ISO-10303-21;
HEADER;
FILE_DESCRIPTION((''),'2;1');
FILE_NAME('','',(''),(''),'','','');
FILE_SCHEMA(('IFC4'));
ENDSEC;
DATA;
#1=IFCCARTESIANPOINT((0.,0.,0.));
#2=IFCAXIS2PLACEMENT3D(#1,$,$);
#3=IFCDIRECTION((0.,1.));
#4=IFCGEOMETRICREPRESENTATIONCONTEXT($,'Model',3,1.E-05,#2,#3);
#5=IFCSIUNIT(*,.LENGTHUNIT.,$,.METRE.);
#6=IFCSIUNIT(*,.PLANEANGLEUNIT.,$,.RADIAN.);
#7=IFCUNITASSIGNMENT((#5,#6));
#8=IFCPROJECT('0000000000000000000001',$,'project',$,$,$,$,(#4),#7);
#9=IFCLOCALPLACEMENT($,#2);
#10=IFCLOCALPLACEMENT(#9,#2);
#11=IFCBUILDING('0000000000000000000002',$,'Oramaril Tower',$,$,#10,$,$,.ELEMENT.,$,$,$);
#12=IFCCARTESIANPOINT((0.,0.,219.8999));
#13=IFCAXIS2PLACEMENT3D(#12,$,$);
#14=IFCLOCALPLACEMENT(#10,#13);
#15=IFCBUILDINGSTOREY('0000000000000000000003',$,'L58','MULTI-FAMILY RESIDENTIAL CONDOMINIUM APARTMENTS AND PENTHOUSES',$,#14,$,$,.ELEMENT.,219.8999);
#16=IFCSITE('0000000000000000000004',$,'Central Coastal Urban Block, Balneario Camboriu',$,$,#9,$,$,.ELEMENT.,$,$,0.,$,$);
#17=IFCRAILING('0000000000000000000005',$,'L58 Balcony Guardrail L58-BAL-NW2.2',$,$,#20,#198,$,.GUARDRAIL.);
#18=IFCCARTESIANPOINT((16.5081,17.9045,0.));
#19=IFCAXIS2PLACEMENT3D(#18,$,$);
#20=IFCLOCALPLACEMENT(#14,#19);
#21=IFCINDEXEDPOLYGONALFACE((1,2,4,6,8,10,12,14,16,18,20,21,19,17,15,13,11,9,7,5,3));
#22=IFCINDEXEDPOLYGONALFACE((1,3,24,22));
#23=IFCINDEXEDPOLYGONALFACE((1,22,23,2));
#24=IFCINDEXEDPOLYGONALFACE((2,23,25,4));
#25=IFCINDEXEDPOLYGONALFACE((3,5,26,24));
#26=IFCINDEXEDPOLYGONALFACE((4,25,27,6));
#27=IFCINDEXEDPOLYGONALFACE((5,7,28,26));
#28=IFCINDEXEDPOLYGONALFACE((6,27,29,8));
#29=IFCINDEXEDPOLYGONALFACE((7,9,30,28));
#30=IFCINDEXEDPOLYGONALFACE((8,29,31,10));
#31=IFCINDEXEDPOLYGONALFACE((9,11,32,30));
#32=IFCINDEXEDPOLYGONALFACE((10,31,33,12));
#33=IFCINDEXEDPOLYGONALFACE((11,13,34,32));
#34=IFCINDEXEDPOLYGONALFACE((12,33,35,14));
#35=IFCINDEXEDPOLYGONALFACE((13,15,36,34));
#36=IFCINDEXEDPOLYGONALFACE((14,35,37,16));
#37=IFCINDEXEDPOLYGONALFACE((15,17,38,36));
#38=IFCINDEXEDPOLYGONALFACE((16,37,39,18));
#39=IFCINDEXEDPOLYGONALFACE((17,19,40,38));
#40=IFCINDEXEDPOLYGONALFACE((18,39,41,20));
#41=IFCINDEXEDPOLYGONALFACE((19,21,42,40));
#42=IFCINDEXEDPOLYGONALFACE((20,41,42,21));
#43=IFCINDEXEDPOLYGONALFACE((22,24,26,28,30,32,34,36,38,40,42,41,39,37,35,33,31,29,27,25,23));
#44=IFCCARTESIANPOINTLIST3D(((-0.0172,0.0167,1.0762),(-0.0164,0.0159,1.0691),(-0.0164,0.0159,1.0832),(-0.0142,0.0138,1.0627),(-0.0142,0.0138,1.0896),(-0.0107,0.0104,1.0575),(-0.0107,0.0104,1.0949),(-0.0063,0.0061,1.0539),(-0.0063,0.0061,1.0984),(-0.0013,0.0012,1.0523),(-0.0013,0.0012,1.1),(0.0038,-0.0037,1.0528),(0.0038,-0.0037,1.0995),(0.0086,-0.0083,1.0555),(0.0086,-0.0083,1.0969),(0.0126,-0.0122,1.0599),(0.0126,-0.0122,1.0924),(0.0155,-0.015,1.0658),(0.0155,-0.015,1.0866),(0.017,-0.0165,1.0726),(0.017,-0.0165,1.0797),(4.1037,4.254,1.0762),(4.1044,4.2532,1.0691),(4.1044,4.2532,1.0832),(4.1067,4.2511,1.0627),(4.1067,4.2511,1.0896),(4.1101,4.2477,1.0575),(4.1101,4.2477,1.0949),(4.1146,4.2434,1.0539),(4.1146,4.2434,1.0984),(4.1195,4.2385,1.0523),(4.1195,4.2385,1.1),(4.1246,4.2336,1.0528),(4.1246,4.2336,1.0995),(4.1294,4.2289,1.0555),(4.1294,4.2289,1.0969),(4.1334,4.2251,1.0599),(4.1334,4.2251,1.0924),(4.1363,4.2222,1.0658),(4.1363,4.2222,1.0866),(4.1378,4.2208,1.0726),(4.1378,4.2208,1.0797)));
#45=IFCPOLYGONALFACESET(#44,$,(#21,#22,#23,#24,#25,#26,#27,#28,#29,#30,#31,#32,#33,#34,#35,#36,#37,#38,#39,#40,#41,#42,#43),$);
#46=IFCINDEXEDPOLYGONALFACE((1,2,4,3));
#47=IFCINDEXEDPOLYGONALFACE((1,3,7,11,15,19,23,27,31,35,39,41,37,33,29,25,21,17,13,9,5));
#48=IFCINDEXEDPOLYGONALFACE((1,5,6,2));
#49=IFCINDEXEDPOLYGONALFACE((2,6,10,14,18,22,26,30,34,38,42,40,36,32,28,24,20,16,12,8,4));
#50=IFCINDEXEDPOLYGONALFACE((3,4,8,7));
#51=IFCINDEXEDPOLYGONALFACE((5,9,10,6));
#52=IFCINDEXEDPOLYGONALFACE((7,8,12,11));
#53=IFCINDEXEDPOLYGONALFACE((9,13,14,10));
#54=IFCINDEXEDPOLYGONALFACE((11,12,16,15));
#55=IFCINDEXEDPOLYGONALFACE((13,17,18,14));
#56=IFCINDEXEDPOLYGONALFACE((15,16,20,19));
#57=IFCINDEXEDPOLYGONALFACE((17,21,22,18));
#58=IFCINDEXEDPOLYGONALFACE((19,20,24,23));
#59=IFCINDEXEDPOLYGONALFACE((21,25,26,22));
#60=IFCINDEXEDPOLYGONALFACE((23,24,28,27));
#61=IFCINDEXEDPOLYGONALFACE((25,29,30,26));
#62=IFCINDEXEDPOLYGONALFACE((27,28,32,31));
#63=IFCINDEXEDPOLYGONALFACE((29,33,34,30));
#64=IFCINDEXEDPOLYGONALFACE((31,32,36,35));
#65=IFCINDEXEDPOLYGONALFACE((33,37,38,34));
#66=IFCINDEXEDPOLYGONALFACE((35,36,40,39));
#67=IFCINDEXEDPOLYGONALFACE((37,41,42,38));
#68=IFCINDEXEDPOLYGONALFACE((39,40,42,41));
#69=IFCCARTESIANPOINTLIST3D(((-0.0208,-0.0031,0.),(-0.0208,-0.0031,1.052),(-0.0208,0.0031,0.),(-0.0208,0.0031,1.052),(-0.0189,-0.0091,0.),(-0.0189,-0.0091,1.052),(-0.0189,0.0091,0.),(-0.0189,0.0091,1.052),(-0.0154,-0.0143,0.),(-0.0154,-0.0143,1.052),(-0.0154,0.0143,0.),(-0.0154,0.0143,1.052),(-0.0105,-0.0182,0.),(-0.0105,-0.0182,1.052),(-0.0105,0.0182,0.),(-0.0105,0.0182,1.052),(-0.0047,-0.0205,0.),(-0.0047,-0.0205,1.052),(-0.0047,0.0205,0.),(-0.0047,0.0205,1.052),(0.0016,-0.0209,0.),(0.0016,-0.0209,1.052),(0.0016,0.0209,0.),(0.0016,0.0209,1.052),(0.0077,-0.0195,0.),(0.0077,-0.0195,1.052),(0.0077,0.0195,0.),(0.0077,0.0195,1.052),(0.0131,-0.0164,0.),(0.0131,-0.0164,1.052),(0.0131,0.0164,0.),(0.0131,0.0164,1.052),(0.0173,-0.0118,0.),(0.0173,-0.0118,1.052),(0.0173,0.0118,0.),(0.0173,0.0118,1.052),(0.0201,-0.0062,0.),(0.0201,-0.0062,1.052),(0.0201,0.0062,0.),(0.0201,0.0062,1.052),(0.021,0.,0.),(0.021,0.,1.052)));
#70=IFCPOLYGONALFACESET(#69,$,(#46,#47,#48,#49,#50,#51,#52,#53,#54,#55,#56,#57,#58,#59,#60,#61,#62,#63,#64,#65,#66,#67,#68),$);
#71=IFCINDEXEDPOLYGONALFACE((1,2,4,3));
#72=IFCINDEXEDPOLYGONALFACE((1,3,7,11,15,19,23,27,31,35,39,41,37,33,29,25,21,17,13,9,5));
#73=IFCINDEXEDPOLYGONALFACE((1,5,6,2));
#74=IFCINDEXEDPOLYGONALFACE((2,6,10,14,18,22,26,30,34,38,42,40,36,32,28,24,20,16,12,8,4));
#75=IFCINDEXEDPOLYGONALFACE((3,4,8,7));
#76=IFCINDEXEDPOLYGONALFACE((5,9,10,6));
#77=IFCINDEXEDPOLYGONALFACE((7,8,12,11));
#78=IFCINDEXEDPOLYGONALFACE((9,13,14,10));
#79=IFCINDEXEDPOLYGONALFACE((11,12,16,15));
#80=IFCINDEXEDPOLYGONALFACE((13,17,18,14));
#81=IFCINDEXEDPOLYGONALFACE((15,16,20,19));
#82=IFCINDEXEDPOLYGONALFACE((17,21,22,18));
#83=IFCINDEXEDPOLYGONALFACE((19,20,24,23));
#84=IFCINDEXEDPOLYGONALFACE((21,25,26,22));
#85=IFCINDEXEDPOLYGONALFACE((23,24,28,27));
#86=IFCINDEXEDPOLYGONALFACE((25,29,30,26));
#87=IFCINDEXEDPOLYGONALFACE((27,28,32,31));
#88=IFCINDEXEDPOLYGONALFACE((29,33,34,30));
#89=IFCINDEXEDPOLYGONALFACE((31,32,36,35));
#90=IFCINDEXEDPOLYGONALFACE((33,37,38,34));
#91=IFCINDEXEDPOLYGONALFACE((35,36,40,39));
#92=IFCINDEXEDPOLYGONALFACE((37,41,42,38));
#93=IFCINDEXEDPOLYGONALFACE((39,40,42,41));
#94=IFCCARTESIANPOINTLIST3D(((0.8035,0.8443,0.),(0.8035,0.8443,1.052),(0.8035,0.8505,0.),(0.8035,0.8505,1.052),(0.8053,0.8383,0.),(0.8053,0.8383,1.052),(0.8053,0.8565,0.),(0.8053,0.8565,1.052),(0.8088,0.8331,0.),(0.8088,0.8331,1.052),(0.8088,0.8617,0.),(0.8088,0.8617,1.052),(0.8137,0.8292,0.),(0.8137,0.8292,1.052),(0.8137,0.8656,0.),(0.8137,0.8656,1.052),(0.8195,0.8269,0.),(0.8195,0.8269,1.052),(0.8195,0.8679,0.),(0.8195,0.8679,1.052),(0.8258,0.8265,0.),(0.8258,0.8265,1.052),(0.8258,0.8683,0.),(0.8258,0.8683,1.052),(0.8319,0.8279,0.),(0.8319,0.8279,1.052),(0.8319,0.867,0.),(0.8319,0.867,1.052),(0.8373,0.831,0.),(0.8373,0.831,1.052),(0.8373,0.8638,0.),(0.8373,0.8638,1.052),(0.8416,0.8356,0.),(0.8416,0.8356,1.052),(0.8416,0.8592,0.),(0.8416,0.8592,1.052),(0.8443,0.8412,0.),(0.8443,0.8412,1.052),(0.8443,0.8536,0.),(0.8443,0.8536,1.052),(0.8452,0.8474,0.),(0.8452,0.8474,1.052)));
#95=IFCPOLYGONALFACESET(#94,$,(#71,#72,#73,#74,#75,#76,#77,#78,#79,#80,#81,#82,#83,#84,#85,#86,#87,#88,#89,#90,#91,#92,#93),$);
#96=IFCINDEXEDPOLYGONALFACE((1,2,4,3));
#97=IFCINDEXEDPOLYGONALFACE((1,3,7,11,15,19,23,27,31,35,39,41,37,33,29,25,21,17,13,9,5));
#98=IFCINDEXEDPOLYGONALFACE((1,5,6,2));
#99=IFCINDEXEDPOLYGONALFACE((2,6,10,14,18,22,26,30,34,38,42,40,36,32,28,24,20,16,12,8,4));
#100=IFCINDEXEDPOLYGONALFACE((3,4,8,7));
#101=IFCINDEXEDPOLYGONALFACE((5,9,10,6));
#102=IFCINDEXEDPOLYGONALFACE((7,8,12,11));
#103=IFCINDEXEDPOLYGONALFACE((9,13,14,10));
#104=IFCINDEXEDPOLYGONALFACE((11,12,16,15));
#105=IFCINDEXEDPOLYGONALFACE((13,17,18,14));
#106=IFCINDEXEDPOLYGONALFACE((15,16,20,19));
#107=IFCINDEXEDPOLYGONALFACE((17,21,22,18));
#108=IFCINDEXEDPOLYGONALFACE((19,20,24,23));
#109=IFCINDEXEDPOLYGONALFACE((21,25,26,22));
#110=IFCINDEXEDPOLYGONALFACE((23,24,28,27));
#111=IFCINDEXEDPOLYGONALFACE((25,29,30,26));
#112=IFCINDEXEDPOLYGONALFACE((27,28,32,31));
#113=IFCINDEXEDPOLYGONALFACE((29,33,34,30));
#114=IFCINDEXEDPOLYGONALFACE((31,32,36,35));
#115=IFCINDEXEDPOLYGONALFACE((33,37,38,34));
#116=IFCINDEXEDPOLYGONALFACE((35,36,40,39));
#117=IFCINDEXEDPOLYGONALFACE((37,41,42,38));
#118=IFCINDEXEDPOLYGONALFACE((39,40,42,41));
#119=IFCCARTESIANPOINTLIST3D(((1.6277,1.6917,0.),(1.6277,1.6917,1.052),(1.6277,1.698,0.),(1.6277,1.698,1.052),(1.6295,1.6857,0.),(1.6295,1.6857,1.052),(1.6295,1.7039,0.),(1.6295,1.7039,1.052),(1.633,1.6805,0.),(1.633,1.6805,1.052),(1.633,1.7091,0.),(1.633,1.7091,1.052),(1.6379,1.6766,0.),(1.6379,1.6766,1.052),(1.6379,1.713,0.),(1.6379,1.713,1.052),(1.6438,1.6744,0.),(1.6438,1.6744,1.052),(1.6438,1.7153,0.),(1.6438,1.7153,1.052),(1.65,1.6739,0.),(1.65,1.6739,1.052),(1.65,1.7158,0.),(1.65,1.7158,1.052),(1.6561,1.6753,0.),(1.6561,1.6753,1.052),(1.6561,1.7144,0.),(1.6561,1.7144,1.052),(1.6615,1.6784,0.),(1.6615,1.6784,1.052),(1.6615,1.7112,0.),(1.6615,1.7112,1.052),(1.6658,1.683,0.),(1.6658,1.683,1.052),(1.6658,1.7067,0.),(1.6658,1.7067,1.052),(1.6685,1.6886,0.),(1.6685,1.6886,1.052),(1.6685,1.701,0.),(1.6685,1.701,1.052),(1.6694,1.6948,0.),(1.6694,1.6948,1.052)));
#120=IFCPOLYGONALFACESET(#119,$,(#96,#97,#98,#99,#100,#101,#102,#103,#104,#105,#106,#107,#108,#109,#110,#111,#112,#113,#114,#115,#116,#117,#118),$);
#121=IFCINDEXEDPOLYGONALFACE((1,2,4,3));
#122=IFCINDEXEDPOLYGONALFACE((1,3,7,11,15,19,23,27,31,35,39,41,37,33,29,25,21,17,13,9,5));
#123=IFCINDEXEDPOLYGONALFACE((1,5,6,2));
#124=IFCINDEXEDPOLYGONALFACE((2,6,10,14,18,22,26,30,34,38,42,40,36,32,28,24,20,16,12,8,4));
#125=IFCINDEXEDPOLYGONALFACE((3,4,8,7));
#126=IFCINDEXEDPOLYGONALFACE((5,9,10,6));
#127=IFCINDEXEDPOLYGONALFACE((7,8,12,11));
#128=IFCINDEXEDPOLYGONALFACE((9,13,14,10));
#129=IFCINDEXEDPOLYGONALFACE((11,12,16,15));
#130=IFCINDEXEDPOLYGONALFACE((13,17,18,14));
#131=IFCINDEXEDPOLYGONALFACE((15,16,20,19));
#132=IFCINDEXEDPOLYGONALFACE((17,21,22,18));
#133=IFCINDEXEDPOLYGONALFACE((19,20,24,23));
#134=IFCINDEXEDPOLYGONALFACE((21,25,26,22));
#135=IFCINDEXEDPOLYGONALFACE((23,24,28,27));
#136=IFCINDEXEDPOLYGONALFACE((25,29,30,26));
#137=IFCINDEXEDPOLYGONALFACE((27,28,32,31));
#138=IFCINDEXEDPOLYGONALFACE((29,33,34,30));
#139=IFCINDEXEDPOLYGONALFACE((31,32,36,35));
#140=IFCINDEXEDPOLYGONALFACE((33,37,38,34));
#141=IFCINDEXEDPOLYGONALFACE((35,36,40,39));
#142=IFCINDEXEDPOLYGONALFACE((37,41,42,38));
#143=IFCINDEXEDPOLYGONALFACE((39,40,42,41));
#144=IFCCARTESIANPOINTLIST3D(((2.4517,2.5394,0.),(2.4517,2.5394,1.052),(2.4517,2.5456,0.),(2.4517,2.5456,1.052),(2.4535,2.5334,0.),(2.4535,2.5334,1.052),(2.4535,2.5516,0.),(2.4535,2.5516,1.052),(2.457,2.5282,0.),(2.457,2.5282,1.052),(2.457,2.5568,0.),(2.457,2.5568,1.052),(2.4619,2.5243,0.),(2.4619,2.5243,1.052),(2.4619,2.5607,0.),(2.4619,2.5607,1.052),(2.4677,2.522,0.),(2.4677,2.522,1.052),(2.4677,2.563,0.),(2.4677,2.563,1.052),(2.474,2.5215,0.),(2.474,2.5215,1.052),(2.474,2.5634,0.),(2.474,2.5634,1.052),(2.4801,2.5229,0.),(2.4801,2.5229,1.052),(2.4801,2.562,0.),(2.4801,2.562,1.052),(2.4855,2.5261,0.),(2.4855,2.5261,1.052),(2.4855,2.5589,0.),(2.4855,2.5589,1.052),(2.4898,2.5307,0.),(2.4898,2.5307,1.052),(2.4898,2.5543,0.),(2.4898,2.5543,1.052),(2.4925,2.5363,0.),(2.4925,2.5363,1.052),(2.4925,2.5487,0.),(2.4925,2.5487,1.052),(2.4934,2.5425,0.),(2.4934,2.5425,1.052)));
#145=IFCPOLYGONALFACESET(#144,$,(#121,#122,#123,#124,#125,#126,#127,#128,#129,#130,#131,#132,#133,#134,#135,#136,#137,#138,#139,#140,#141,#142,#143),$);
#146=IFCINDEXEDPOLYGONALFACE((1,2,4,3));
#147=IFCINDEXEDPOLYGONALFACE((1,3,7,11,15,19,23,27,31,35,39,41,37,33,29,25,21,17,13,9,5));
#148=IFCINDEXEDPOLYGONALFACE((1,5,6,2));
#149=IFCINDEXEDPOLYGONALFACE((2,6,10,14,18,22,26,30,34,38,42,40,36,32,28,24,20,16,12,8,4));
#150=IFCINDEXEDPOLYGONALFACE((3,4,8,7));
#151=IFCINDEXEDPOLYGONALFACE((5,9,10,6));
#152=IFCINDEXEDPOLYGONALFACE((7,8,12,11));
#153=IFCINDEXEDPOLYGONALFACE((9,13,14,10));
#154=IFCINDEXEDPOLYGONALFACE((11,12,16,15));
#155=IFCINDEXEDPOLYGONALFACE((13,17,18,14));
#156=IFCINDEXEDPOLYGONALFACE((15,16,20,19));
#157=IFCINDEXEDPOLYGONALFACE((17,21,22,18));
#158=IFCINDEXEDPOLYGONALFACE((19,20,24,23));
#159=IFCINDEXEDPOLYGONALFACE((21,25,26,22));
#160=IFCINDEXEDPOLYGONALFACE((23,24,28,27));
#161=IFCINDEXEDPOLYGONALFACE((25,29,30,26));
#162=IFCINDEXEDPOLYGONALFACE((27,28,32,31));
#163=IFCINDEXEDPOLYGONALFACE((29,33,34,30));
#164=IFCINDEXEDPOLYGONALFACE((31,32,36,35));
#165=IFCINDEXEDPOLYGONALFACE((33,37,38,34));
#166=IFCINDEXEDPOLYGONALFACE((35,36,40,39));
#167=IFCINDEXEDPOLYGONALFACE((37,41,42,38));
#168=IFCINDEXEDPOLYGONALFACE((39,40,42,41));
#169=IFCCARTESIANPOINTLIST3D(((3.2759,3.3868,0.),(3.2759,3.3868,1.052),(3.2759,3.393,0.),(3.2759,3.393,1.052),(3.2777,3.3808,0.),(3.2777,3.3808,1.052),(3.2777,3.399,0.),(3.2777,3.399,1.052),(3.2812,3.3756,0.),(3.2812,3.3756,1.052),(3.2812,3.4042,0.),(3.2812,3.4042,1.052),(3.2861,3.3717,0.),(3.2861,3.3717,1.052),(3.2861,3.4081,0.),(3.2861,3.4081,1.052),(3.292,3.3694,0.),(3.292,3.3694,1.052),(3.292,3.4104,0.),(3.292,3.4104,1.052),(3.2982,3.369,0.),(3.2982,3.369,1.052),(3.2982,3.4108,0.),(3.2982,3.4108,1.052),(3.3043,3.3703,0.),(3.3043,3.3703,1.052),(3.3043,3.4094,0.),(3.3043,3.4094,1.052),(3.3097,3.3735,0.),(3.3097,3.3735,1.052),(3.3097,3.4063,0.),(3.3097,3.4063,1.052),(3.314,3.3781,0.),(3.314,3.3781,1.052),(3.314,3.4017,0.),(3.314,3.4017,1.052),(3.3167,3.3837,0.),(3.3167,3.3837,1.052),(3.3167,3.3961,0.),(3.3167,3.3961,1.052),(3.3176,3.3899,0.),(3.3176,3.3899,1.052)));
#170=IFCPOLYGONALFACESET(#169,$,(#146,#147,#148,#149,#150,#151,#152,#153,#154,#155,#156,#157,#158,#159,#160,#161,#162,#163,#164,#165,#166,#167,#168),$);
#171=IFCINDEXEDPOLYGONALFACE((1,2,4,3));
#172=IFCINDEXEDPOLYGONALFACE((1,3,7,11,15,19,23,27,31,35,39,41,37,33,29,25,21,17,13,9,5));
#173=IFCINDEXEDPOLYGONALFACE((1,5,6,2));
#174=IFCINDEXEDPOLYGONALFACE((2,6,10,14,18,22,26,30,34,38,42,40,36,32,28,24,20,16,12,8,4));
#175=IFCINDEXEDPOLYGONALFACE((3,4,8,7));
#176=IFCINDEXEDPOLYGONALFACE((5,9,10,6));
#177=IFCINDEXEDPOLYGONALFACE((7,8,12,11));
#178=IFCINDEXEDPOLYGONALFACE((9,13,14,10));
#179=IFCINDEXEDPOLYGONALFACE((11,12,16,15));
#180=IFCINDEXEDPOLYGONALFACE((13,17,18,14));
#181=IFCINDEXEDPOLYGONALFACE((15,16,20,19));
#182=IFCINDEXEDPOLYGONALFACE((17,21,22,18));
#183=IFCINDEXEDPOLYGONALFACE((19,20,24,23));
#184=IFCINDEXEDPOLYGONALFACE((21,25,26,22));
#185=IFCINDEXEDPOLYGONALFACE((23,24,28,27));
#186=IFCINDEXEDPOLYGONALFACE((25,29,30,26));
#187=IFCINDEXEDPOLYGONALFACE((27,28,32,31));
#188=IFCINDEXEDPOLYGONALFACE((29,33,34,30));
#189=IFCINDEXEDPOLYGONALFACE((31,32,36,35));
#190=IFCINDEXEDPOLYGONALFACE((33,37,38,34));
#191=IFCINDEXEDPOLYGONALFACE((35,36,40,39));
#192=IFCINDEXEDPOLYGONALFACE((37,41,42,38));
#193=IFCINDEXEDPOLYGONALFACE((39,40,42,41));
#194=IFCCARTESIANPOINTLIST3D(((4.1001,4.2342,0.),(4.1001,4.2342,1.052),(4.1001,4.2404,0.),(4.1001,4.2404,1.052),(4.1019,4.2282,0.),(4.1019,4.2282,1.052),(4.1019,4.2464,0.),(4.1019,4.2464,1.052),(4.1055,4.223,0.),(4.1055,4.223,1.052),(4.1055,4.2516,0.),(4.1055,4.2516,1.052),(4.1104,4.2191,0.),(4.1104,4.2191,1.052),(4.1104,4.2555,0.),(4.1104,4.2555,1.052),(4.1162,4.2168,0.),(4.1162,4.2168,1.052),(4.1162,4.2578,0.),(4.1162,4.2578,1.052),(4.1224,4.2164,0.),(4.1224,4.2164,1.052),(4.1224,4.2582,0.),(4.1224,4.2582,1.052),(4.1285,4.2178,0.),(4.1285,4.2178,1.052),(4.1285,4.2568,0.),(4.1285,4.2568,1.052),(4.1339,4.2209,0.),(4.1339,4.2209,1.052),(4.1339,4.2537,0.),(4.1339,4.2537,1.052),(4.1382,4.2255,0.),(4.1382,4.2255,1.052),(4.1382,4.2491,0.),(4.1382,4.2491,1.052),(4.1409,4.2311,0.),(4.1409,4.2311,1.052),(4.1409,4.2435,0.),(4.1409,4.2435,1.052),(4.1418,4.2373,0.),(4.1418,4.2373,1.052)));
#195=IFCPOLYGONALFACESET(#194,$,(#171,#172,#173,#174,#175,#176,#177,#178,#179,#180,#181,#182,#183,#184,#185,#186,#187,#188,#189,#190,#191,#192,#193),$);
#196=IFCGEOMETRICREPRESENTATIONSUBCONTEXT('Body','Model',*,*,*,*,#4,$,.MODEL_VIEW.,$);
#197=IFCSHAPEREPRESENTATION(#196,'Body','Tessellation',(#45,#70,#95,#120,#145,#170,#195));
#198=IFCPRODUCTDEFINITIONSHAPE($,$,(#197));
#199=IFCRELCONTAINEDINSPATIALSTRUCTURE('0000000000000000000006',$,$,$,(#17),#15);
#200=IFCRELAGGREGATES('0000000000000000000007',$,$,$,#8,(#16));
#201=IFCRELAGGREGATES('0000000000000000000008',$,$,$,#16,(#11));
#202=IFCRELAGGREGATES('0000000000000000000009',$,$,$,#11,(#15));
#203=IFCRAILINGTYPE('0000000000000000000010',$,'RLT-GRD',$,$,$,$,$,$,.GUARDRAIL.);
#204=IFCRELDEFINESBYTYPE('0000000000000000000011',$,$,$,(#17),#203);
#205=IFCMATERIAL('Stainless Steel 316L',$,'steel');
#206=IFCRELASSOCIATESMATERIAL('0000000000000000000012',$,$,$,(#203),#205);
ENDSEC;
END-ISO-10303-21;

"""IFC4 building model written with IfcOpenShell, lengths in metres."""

from ifc_helpers import new_model, si_unit, direction, frame, origin, origin_2d, place, context, subcontext, project, spatial, circle, extrude, material, type_object, element, save


model = new_model("IFC4")

# Units and contexts
model_context = context("Model", 3, precision=1e-05, world=origin(), true_north=direction((0.0, 1.0)))
body_context = subcontext(model_context, "Body", "Model", "MODEL_VIEW")
ifc_project = project(units=[si_unit("LENGTHUNIT", "METRE"), si_unit("PLANEANGLEUNIT", "RADIAN")], contexts=[model_context])

# Site, building, storey
site_placement = place(None, origin())
site = spatial("IfcSite", under=ifc_project, at=site_placement, Name="Central Coastal Urban Block, Balneario Camboriu", CompositionType="ELEMENT", RefElevation=0.0)
building_placement = place(site_placement, origin())
building = spatial("IfcBuilding", under=site, at=building_placement, Name="Oramaril Tower", CompositionType="ELEMENT")
storey_placement = place(building_placement, frame((0.0, 0.0, 219.8999)))
storey = spatial("IfcBuildingStorey", under=building, at=storey_placement, Name="L58", Description="MULTI-FAMILY RESIDENTIAL CONDOMINIUM APARTMENTS AND PENTHOUSES", CompositionType="ELEMENT", Elevation=219.8999)

# Railing
ifc_material_1 = material(Name="Stainless Steel 316L", Category="steel")
railing_type = type_object("IfcRailingType", Name="RLT-GRD", PredefinedType="GUARDRAIL", material=ifc_material_1)
railing_1_placement = place(storey_placement, frame((16.5081, 17.9045, 0.0)))
element("IfcRailing", 1, at=railing_1_placement, inside=storey, type_object=railing_type, Name="L58 Balcony Guardrail L58-BAL-NW2.2", PredefinedType="GUARDRAIL", context=body_context, shape_type="SweptSolid", body=[
    extrude(circle(Radius=0.0239, at=origin_2d()), frame((0.0, 0.0, 1.0762), z_axis=(0.697187, 0.716889, 0.0), x_axis=(-0.716889, 0.697187, 0.0)), (0.0, 0.0, 1.0), 5.9106),
    extrude(circle(Radius=0.021, at=origin_2d()), origin(), (0.0, 0.0, 1.0), 1.052),
    extrude(circle(Radius=0.021, at=origin_2d()), frame((0.8242, 0.8474, 0.0)), (0.0, 0.0, 1.0), 1.052),
    extrude(circle(Radius=0.021, at=origin_2d()), frame((1.6484, 1.6948, 0.0)), (0.0, 0.0, 1.0), 1.052),
    extrude(circle(Radius=0.021, at=origin_2d()), frame((2.4724, 2.5425, 0.0)), (0.0, 0.0, 1.0), 1.052),
    extrude(circle(Radius=0.021, at=origin_2d()), frame((3.2966, 3.3899, 0.0)), (0.0, 0.0, 1.0), 1.052),
    extrude(circle(Radius=0.021, at=origin_2d()), frame((4.1208, 4.2373, 0.0)), (0.0, 0.0, 1.0), 1.052),
])

save(model, "model.ifc")
